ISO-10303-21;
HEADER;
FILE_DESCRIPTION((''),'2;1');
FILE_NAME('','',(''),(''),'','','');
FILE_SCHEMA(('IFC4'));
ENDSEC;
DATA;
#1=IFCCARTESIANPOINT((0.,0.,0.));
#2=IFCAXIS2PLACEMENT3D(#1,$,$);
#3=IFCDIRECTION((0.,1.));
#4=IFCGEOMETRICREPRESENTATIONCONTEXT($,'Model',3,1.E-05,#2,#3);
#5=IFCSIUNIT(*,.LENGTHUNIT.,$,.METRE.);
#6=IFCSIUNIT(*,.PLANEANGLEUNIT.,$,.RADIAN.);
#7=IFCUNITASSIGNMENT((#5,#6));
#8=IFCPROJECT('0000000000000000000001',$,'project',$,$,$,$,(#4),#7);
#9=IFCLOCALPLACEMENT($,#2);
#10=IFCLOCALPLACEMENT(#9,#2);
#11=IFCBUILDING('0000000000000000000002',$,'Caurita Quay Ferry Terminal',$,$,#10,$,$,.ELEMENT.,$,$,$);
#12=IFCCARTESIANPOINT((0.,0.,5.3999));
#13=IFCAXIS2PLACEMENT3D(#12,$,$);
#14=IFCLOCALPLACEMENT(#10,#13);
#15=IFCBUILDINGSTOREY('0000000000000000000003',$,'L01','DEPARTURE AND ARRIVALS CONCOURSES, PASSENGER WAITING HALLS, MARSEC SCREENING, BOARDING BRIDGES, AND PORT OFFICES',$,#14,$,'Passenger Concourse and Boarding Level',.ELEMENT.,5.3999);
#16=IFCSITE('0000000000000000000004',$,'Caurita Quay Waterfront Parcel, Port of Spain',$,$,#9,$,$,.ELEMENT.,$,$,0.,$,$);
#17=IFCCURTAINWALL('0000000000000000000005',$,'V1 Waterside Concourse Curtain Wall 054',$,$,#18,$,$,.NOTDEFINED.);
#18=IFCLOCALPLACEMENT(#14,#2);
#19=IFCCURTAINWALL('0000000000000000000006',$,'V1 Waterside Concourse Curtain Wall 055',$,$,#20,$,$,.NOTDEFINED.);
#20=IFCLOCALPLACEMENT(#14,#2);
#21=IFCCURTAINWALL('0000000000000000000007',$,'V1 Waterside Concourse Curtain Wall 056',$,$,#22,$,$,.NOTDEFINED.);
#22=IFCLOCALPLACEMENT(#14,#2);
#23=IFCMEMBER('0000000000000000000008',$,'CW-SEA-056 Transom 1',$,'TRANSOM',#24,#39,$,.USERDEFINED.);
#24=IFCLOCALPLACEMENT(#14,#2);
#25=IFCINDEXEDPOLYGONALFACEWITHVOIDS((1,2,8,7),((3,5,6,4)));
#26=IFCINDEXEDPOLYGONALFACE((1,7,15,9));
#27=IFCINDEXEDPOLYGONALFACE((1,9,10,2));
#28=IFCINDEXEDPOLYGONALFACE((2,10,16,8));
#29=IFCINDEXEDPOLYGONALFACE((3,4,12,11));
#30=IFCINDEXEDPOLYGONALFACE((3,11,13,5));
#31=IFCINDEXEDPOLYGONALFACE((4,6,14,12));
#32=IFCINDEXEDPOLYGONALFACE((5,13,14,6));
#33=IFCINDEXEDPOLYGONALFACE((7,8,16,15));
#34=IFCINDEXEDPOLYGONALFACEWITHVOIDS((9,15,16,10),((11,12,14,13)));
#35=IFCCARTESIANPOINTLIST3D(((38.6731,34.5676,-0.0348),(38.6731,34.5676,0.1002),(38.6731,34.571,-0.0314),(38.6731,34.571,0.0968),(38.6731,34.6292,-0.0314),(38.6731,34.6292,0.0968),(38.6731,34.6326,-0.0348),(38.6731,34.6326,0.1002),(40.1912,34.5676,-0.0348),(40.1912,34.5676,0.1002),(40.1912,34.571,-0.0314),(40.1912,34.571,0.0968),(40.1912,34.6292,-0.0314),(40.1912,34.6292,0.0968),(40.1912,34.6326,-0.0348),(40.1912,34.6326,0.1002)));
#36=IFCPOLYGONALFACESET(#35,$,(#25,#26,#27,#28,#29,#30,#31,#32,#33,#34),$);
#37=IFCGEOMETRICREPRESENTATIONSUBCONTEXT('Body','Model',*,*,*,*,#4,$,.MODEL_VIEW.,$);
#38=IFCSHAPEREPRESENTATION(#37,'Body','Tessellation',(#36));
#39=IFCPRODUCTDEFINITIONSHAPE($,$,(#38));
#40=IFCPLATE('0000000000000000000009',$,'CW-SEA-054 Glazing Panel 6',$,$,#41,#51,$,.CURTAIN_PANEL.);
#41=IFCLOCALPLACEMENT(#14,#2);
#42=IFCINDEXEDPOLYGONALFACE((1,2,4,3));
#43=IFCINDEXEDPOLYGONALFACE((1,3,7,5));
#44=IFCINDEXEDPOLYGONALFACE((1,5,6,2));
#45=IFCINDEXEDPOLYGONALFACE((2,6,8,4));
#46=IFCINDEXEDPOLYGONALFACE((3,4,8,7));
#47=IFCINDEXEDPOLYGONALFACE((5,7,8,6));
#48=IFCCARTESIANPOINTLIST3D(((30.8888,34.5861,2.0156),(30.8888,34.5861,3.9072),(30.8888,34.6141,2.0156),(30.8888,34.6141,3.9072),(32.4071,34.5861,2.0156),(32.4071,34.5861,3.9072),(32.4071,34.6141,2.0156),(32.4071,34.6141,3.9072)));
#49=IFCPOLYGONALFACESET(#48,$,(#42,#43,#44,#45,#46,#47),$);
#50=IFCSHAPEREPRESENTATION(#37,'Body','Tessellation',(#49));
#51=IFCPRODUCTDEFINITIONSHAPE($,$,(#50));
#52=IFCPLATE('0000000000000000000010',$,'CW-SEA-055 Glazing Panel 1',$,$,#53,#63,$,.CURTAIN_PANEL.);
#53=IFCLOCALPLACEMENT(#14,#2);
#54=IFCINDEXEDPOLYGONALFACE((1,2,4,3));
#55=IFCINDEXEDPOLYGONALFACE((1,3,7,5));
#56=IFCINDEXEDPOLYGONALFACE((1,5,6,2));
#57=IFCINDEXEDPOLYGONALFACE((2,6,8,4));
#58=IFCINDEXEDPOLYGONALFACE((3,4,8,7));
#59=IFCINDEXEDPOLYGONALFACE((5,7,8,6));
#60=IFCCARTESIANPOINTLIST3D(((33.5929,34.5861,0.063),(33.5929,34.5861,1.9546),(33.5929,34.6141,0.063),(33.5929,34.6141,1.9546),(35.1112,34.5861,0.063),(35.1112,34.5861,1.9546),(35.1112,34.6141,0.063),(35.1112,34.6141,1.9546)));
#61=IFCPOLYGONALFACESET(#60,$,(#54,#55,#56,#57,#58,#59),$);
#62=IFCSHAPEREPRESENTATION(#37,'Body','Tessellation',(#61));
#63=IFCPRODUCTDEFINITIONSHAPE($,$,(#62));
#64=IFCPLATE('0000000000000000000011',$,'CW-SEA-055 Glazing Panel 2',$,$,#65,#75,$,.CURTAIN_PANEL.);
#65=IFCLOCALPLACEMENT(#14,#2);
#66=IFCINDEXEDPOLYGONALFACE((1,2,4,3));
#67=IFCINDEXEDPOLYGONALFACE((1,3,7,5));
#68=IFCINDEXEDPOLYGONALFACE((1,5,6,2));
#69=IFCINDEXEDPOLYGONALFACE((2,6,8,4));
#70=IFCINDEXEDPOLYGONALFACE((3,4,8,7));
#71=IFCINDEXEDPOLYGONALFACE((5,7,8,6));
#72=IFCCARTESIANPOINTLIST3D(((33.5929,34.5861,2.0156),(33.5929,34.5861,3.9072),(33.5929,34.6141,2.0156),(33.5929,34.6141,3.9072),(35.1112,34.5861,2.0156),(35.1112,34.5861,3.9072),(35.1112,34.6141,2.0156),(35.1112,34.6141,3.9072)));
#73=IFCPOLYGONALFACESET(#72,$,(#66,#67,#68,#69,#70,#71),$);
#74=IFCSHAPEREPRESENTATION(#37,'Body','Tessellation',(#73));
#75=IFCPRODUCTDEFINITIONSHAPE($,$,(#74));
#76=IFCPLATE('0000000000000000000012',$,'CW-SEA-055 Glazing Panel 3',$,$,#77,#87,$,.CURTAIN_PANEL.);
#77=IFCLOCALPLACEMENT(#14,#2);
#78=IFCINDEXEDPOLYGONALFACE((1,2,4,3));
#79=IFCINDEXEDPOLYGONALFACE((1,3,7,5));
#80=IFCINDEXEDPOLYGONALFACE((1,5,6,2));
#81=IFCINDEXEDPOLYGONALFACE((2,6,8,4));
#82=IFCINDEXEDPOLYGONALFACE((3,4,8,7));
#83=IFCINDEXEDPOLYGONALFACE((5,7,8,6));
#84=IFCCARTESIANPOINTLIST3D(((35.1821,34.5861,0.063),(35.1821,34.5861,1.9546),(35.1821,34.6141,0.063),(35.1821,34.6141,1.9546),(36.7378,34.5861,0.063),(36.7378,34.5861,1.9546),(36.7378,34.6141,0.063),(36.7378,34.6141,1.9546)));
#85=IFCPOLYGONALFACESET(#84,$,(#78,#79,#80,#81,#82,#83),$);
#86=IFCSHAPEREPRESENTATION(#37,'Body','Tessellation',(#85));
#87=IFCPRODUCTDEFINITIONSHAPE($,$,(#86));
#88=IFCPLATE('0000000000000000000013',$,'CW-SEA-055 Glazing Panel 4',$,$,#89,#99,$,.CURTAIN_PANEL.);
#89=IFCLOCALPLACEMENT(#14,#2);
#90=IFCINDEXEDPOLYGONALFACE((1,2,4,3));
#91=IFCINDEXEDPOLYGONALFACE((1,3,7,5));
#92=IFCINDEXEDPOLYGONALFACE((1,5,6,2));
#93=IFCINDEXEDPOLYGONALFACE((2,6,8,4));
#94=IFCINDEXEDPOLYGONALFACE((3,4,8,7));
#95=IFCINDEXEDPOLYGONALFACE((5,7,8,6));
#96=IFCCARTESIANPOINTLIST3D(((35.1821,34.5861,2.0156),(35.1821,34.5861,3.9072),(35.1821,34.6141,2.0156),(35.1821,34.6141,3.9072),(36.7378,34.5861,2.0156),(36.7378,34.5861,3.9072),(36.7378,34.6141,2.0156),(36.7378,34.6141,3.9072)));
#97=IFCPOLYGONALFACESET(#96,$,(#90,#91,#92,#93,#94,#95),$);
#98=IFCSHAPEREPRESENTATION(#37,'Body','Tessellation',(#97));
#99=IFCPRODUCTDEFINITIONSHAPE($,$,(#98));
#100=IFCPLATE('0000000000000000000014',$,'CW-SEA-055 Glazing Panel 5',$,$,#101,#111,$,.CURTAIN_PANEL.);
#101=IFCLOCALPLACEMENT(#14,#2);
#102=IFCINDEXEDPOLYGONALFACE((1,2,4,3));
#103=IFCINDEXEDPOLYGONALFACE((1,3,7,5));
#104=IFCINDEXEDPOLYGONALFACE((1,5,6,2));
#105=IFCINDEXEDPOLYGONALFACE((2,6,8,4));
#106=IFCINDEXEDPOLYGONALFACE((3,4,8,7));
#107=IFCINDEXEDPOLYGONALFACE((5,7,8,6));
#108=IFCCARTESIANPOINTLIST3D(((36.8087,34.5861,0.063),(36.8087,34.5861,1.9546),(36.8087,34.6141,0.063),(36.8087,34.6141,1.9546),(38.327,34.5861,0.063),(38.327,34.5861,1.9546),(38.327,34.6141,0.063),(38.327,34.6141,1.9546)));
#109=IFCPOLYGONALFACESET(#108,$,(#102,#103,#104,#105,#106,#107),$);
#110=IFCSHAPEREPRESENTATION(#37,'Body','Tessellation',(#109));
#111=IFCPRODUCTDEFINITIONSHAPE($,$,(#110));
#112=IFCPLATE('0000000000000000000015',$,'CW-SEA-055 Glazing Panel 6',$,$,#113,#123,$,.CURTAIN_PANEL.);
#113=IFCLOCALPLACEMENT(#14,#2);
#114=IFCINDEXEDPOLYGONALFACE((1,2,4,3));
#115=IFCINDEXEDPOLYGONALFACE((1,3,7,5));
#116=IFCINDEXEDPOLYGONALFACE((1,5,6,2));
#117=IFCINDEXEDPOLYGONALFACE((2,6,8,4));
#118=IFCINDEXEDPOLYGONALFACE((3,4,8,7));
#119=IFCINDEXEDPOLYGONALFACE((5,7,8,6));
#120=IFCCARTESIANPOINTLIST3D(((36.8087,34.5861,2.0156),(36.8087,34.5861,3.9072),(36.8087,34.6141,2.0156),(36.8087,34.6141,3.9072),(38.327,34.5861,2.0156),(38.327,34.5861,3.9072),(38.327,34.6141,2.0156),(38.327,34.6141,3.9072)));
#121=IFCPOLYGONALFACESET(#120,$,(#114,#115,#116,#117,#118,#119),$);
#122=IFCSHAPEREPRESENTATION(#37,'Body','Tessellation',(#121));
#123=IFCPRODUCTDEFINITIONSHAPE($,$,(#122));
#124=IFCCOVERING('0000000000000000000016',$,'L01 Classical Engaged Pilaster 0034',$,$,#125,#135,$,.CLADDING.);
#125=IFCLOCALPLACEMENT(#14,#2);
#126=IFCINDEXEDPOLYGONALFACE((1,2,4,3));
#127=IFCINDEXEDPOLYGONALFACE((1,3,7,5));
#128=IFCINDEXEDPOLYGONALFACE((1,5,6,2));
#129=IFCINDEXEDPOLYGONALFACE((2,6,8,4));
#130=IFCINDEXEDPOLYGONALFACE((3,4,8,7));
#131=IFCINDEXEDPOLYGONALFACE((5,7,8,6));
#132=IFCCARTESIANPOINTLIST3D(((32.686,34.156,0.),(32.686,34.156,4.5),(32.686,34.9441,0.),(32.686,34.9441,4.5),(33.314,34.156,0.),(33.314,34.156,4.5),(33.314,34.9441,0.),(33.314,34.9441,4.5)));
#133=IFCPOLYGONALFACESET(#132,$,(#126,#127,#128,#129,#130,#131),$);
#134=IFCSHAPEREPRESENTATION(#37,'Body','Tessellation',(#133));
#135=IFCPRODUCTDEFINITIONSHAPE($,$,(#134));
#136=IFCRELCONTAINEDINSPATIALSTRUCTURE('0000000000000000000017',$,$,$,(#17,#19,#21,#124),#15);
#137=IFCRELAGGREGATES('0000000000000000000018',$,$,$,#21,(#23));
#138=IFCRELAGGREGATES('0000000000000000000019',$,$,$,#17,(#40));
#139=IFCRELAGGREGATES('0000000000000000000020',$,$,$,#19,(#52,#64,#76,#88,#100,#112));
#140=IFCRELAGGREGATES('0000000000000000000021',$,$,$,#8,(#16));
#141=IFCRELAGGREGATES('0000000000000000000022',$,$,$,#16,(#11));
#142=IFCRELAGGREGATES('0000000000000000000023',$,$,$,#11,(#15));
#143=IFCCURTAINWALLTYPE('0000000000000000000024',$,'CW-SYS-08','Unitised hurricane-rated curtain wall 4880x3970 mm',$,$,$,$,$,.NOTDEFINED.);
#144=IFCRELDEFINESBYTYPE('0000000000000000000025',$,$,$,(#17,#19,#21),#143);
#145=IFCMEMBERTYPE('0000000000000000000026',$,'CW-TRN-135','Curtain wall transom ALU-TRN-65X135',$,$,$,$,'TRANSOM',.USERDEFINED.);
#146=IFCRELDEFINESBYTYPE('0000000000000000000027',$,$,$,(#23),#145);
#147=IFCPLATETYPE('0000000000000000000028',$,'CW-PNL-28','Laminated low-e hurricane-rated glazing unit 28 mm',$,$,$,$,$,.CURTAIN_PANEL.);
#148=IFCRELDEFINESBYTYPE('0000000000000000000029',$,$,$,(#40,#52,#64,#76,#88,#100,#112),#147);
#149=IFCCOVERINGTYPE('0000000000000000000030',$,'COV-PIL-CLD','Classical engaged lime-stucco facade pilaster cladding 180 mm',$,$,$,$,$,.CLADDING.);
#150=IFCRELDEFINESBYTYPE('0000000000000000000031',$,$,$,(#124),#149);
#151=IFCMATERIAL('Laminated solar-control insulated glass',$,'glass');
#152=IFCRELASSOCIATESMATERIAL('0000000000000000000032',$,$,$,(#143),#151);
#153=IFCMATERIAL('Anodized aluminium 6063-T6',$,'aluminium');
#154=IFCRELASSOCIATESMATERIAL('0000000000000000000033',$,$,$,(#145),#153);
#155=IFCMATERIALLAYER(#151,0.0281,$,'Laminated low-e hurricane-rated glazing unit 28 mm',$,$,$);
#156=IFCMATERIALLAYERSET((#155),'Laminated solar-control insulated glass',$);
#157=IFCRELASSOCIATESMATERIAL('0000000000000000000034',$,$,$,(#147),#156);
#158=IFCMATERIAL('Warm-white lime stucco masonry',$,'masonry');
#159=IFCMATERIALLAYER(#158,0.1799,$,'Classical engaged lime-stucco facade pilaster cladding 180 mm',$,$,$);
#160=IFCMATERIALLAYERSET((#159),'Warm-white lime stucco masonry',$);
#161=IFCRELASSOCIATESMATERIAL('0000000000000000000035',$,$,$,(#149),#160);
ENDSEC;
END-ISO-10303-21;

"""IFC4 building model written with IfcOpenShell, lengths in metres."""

from ifc_helpers import new_model, si_unit, direction, frame, origin, origin_2d, place, context, subcontext, project, spatial, rectangle, hollow_rectangle, extrude, material, layer, layer_set, material_profile, profile_set, type_object, element, aggregate, save


model = new_model("IFC4")

# Units and contexts
model_context = context("Model", 3, precision=1e-05, world=origin(), true_north=direction((0.0, 1.0)))
body_context = subcontext(model_context, "Body", "Model", "MODEL_VIEW")
ifc_project = project(units=[si_unit("LENGTHUNIT", "METRE"), si_unit("PLANEANGLEUNIT", "RADIAN")], contexts=[model_context])

# Site, building, storey
site_placement = place(None, origin())
site = spatial("IfcSite", under=ifc_project, at=site_placement, Name="Caurita Quay Waterfront Parcel, Port of Spain", CompositionType="ELEMENT", RefElevation=0.0)
building_placement = place(site_placement, origin())
building = spatial("IfcBuilding", under=site, at=building_placement, Name="Caurita Quay Ferry Terminal", CompositionType="ELEMENT")
storey_placement = place(building_placement, frame((0.0, 0.0, 5.3999)))
storey = spatial("IfcBuildingStorey", under=building, at=storey_placement, Name="L01", Description="DEPARTURE AND ARRIVALS CONCOURSES, PASSENGER WAITING HALLS, MARSEC SCREENING, BOARDING BRIDGES, AND PORT OFFICES", LongName="Passenger Concourse and Boarding Level", CompositionType="ELEMENT", Elevation=5.3999)

# Curtain wall
ifc_material_1 = material(Name="Laminated solar-control insulated glass", Category="glass")
curtain_wall_type = type_object("IfcCurtainWallType", Name="CW-SYS-08", Description="Unitised hurricane-rated curtain wall 4880x3970 mm", PredefinedType="NOTDEFINED", material=ifc_material_1)
curtain_wall_1_placement = place(storey_placement, origin())
curtain_wall_1 = element("IfcCurtainWall", 1, at=curtain_wall_1_placement, inside=storey, type_object=curtain_wall_type, Name="V1 Waterside Concourse Curtain Wall 054", PredefinedType="NOTDEFINED")
ifc_material_2 = material(Name="Anodized aluminium 6063-T6", Category="aluminium")

# Curtain wall
curtain_wall_2_placement = place(storey_placement, origin())
curtain_wall_2 = element("IfcCurtainWall", 2, at=curtain_wall_2_placement, inside=storey, type_object=curtain_wall_type, Name="V1 Waterside Concourse Curtain Wall 055", PredefinedType="NOTDEFINED")

# Curtain wall
curtain_wall_3_placement = place(storey_placement, origin())
curtain_wall_3 = element("IfcCurtainWall", 3, at=curtain_wall_3_placement, inside=storey, type_object=curtain_wall_type, Name="V1 Waterside Concourse Curtain Wall 056", PredefinedType="NOTDEFINED")

# Member
ifc_material_profile_1 = material_profile(ifc_material_2, hollow_rectangle(XDim=0.0649, YDim=0.135, WallThickness=0.0034, at=origin_2d()), Name="ALU-TRN-65X135")
ifc_profile_set_1 = profile_set([ifc_material_profile_1], Name="Anodized aluminium 6063-T6")
member_type_1 = type_object("IfcMemberType", Name="CW-TRN-135", Description="Curtain wall transom ALU-TRN-65X135", ElementType="TRANSOM", PredefinedType="USERDEFINED", material=ifc_profile_set_1)
member_1_placement = place(storey_placement, frame((38.6731, 34.6001, 0.0327), z_axis=(1.0, 0.0, 0.0), x_axis=(0.0, 1.0, 0.0)))
member_1 = element("IfcMember", 4, at=member_1_placement, type_object=member_type_1, Name="CW-SEA-056 Transom 1", ObjectType="TRANSOM", PredefinedType="USERDEFINED", context=body_context, shape_type="SweptSolid", body=[
    extrude(hollow_rectangle(XDim=0.0649, YDim=0.135, WallThickness=0.0034, at=origin_2d()), origin(), (0.0, 0.0, 1.0), 1.5181),
])
aggregate(curtain_wall_3, [member_1])

# Plates
ifc_layer_1 = layer(ifc_material_1, 0.0281, Name="Laminated low-e hurricane-rated glazing unit 28 mm")
ifc_layer_set_1 = layer_set([ifc_layer_1], Name="Laminated solar-control insulated glass")
plate_type = type_object("IfcPlateType", Name="CW-PNL-28", Description="Laminated low-e hurricane-rated glazing unit 28 mm", PredefinedType="CURTAIN_PANEL", material=ifc_layer_set_1)
plate_1_placement = place(storey_placement, frame((31.6479, 34.6001, 2.0156), z_axis=(0.0, 0.0, 1.0), x_axis=(1.0, 0.0, 0.0)))
plate_1 = element("IfcPlate", 5, at=plate_1_placement, type_object=plate_type, Name="CW-SEA-054 Glazing Panel 6", PredefinedType="CURTAIN_PANEL", context=body_context, shape_type="SweptSolid", body=[
    extrude(rectangle(XDim=1.5183, YDim=0.0281, at=origin_2d()), origin(), (0.0, 0.0, 1.0), 1.8916),
])
aggregate(curtain_wall_1, [plate_1])
plate_2_placement = place(storey_placement, frame((34.3521, 34.6001, 0.063), z_axis=(0.0, 0.0, 1.0), x_axis=(1.0, 0.0, 0.0)))
plate_2 = element("IfcPlate", 6, at=plate_2_placement, type_object=plate_type, Name="CW-SEA-055 Glazing Panel 1", PredefinedType="CURTAIN_PANEL", context=body_context, shape_type="SweptSolid", body=[
    extrude(rectangle(XDim=1.5183, YDim=0.0281, at=origin_2d()), origin(), (0.0, 0.0, 1.0), 1.8916),
])
plate_3_placement = place(storey_placement, frame((34.3521, 34.6001, 2.0156), z_axis=(0.0, 0.0, 1.0), x_axis=(1.0, 0.0, 0.0)))
plate_3 = element("IfcPlate", 7, at=plate_3_placement, type_object=plate_type, Name="CW-SEA-055 Glazing Panel 2", PredefinedType="CURTAIN_PANEL", context=body_context, shape_type="SweptSolid", body=[
    extrude(rectangle(XDim=1.5183, YDim=0.0281, at=origin_2d()), origin(), (0.0, 0.0, 1.0), 1.8916),
])
plate_4_placement = place(storey_placement, frame((35.96, 34.6001, 0.063), z_axis=(0.0, 0.0, 1.0), x_axis=(1.0, 0.0, 0.0)))
plate_4 = element("IfcPlate", 8, at=plate_4_placement, type_object=plate_type, Name="CW-SEA-055 Glazing Panel 3", PredefinedType="CURTAIN_PANEL", context=body_context, shape_type="SweptSolid", body=[
    extrude(rectangle(XDim=1.5557, YDim=0.0281, at=origin_2d()), origin(), (0.0, 0.0, 1.0), 1.8916),
])
plate_5_placement = place(storey_placement, frame((35.96, 34.6001, 2.0156), z_axis=(0.0, 0.0, 1.0), x_axis=(1.0, 0.0, 0.0)))
plate_5 = element("IfcPlate", 9, at=plate_5_placement, type_object=plate_type, Name="CW-SEA-055 Glazing Panel 4", PredefinedType="CURTAIN_PANEL", context=body_context, shape_type="SweptSolid", body=[
    extrude(rectangle(XDim=1.5557, YDim=0.0281, at=origin_2d()), origin(), (0.0, 0.0, 1.0), 1.8916),
])
plate_6_placement = place(storey_placement, frame((37.5679, 34.6001, 0.063), z_axis=(0.0, 0.0, 1.0), x_axis=(1.0, 0.0, 0.0)))
plate_6 = element("IfcPlate", 10, at=plate_6_placement, type_object=plate_type, Name="CW-SEA-055 Glazing Panel 5", PredefinedType="CURTAIN_PANEL", context=body_context, shape_type="SweptSolid", body=[
    extrude(rectangle(XDim=1.5183, YDim=0.0281, at=origin_2d()), origin(), (0.0, 0.0, 1.0), 1.8916),
])
plate_7_placement = place(storey_placement, frame((37.5679, 34.6001, 2.0156), z_axis=(0.0, 0.0, 1.0), x_axis=(1.0, 0.0, 0.0)))
plate_7 = element("IfcPlate", 11, at=plate_7_placement, type_object=plate_type, Name="CW-SEA-055 Glazing Panel 6", PredefinedType="CURTAIN_PANEL", context=body_context, shape_type="SweptSolid", body=[
    extrude(rectangle(XDim=1.5183, YDim=0.0281, at=origin_2d()), origin(), (0.0, 0.0, 1.0), 1.8916),
])
aggregate(curtain_wall_2, [plate_2, plate_3, plate_4, plate_5, plate_6, plate_7])

# Covering
ifc_material_3 = material(Name="Warm-white lime stucco masonry", Category="masonry")
ifc_layer_2 = layer(ifc_material_3, 0.1799, Name="Classical engaged lime-stucco facade pilaster cladding 180 mm")
ifc_layer_set_2 = layer_set([ifc_layer_2], Name="Warm-white lime stucco masonry")
covering_type = type_object("IfcCoveringType", Name="COV-PIL-CLD", Description="Classical engaged lime-stucco facade pilaster cladding 180 mm", PredefinedType="CLADDING", material=ifc_layer_set_2)
covering_placement = place(storey_placement, frame((33.0, 34.55, 0.0), z_axis=(0.0, 0.0, 1.0), x_axis=(1.0, 0.0, 0.0)))
element("IfcCovering", 12, at=covering_placement, inside=storey, type_object=covering_type, Name="L01 Classical Engaged Pilaster 0034", PredefinedType="CLADDING", context=body_context, shape_type="SweptSolid", body=[
    extrude(rectangle(XDim=0.6279, YDim=0.7881, at=origin_2d()), origin(), (0.0, 0.0, 1.0), 4.5),
])

save(model, "model.ifc")
